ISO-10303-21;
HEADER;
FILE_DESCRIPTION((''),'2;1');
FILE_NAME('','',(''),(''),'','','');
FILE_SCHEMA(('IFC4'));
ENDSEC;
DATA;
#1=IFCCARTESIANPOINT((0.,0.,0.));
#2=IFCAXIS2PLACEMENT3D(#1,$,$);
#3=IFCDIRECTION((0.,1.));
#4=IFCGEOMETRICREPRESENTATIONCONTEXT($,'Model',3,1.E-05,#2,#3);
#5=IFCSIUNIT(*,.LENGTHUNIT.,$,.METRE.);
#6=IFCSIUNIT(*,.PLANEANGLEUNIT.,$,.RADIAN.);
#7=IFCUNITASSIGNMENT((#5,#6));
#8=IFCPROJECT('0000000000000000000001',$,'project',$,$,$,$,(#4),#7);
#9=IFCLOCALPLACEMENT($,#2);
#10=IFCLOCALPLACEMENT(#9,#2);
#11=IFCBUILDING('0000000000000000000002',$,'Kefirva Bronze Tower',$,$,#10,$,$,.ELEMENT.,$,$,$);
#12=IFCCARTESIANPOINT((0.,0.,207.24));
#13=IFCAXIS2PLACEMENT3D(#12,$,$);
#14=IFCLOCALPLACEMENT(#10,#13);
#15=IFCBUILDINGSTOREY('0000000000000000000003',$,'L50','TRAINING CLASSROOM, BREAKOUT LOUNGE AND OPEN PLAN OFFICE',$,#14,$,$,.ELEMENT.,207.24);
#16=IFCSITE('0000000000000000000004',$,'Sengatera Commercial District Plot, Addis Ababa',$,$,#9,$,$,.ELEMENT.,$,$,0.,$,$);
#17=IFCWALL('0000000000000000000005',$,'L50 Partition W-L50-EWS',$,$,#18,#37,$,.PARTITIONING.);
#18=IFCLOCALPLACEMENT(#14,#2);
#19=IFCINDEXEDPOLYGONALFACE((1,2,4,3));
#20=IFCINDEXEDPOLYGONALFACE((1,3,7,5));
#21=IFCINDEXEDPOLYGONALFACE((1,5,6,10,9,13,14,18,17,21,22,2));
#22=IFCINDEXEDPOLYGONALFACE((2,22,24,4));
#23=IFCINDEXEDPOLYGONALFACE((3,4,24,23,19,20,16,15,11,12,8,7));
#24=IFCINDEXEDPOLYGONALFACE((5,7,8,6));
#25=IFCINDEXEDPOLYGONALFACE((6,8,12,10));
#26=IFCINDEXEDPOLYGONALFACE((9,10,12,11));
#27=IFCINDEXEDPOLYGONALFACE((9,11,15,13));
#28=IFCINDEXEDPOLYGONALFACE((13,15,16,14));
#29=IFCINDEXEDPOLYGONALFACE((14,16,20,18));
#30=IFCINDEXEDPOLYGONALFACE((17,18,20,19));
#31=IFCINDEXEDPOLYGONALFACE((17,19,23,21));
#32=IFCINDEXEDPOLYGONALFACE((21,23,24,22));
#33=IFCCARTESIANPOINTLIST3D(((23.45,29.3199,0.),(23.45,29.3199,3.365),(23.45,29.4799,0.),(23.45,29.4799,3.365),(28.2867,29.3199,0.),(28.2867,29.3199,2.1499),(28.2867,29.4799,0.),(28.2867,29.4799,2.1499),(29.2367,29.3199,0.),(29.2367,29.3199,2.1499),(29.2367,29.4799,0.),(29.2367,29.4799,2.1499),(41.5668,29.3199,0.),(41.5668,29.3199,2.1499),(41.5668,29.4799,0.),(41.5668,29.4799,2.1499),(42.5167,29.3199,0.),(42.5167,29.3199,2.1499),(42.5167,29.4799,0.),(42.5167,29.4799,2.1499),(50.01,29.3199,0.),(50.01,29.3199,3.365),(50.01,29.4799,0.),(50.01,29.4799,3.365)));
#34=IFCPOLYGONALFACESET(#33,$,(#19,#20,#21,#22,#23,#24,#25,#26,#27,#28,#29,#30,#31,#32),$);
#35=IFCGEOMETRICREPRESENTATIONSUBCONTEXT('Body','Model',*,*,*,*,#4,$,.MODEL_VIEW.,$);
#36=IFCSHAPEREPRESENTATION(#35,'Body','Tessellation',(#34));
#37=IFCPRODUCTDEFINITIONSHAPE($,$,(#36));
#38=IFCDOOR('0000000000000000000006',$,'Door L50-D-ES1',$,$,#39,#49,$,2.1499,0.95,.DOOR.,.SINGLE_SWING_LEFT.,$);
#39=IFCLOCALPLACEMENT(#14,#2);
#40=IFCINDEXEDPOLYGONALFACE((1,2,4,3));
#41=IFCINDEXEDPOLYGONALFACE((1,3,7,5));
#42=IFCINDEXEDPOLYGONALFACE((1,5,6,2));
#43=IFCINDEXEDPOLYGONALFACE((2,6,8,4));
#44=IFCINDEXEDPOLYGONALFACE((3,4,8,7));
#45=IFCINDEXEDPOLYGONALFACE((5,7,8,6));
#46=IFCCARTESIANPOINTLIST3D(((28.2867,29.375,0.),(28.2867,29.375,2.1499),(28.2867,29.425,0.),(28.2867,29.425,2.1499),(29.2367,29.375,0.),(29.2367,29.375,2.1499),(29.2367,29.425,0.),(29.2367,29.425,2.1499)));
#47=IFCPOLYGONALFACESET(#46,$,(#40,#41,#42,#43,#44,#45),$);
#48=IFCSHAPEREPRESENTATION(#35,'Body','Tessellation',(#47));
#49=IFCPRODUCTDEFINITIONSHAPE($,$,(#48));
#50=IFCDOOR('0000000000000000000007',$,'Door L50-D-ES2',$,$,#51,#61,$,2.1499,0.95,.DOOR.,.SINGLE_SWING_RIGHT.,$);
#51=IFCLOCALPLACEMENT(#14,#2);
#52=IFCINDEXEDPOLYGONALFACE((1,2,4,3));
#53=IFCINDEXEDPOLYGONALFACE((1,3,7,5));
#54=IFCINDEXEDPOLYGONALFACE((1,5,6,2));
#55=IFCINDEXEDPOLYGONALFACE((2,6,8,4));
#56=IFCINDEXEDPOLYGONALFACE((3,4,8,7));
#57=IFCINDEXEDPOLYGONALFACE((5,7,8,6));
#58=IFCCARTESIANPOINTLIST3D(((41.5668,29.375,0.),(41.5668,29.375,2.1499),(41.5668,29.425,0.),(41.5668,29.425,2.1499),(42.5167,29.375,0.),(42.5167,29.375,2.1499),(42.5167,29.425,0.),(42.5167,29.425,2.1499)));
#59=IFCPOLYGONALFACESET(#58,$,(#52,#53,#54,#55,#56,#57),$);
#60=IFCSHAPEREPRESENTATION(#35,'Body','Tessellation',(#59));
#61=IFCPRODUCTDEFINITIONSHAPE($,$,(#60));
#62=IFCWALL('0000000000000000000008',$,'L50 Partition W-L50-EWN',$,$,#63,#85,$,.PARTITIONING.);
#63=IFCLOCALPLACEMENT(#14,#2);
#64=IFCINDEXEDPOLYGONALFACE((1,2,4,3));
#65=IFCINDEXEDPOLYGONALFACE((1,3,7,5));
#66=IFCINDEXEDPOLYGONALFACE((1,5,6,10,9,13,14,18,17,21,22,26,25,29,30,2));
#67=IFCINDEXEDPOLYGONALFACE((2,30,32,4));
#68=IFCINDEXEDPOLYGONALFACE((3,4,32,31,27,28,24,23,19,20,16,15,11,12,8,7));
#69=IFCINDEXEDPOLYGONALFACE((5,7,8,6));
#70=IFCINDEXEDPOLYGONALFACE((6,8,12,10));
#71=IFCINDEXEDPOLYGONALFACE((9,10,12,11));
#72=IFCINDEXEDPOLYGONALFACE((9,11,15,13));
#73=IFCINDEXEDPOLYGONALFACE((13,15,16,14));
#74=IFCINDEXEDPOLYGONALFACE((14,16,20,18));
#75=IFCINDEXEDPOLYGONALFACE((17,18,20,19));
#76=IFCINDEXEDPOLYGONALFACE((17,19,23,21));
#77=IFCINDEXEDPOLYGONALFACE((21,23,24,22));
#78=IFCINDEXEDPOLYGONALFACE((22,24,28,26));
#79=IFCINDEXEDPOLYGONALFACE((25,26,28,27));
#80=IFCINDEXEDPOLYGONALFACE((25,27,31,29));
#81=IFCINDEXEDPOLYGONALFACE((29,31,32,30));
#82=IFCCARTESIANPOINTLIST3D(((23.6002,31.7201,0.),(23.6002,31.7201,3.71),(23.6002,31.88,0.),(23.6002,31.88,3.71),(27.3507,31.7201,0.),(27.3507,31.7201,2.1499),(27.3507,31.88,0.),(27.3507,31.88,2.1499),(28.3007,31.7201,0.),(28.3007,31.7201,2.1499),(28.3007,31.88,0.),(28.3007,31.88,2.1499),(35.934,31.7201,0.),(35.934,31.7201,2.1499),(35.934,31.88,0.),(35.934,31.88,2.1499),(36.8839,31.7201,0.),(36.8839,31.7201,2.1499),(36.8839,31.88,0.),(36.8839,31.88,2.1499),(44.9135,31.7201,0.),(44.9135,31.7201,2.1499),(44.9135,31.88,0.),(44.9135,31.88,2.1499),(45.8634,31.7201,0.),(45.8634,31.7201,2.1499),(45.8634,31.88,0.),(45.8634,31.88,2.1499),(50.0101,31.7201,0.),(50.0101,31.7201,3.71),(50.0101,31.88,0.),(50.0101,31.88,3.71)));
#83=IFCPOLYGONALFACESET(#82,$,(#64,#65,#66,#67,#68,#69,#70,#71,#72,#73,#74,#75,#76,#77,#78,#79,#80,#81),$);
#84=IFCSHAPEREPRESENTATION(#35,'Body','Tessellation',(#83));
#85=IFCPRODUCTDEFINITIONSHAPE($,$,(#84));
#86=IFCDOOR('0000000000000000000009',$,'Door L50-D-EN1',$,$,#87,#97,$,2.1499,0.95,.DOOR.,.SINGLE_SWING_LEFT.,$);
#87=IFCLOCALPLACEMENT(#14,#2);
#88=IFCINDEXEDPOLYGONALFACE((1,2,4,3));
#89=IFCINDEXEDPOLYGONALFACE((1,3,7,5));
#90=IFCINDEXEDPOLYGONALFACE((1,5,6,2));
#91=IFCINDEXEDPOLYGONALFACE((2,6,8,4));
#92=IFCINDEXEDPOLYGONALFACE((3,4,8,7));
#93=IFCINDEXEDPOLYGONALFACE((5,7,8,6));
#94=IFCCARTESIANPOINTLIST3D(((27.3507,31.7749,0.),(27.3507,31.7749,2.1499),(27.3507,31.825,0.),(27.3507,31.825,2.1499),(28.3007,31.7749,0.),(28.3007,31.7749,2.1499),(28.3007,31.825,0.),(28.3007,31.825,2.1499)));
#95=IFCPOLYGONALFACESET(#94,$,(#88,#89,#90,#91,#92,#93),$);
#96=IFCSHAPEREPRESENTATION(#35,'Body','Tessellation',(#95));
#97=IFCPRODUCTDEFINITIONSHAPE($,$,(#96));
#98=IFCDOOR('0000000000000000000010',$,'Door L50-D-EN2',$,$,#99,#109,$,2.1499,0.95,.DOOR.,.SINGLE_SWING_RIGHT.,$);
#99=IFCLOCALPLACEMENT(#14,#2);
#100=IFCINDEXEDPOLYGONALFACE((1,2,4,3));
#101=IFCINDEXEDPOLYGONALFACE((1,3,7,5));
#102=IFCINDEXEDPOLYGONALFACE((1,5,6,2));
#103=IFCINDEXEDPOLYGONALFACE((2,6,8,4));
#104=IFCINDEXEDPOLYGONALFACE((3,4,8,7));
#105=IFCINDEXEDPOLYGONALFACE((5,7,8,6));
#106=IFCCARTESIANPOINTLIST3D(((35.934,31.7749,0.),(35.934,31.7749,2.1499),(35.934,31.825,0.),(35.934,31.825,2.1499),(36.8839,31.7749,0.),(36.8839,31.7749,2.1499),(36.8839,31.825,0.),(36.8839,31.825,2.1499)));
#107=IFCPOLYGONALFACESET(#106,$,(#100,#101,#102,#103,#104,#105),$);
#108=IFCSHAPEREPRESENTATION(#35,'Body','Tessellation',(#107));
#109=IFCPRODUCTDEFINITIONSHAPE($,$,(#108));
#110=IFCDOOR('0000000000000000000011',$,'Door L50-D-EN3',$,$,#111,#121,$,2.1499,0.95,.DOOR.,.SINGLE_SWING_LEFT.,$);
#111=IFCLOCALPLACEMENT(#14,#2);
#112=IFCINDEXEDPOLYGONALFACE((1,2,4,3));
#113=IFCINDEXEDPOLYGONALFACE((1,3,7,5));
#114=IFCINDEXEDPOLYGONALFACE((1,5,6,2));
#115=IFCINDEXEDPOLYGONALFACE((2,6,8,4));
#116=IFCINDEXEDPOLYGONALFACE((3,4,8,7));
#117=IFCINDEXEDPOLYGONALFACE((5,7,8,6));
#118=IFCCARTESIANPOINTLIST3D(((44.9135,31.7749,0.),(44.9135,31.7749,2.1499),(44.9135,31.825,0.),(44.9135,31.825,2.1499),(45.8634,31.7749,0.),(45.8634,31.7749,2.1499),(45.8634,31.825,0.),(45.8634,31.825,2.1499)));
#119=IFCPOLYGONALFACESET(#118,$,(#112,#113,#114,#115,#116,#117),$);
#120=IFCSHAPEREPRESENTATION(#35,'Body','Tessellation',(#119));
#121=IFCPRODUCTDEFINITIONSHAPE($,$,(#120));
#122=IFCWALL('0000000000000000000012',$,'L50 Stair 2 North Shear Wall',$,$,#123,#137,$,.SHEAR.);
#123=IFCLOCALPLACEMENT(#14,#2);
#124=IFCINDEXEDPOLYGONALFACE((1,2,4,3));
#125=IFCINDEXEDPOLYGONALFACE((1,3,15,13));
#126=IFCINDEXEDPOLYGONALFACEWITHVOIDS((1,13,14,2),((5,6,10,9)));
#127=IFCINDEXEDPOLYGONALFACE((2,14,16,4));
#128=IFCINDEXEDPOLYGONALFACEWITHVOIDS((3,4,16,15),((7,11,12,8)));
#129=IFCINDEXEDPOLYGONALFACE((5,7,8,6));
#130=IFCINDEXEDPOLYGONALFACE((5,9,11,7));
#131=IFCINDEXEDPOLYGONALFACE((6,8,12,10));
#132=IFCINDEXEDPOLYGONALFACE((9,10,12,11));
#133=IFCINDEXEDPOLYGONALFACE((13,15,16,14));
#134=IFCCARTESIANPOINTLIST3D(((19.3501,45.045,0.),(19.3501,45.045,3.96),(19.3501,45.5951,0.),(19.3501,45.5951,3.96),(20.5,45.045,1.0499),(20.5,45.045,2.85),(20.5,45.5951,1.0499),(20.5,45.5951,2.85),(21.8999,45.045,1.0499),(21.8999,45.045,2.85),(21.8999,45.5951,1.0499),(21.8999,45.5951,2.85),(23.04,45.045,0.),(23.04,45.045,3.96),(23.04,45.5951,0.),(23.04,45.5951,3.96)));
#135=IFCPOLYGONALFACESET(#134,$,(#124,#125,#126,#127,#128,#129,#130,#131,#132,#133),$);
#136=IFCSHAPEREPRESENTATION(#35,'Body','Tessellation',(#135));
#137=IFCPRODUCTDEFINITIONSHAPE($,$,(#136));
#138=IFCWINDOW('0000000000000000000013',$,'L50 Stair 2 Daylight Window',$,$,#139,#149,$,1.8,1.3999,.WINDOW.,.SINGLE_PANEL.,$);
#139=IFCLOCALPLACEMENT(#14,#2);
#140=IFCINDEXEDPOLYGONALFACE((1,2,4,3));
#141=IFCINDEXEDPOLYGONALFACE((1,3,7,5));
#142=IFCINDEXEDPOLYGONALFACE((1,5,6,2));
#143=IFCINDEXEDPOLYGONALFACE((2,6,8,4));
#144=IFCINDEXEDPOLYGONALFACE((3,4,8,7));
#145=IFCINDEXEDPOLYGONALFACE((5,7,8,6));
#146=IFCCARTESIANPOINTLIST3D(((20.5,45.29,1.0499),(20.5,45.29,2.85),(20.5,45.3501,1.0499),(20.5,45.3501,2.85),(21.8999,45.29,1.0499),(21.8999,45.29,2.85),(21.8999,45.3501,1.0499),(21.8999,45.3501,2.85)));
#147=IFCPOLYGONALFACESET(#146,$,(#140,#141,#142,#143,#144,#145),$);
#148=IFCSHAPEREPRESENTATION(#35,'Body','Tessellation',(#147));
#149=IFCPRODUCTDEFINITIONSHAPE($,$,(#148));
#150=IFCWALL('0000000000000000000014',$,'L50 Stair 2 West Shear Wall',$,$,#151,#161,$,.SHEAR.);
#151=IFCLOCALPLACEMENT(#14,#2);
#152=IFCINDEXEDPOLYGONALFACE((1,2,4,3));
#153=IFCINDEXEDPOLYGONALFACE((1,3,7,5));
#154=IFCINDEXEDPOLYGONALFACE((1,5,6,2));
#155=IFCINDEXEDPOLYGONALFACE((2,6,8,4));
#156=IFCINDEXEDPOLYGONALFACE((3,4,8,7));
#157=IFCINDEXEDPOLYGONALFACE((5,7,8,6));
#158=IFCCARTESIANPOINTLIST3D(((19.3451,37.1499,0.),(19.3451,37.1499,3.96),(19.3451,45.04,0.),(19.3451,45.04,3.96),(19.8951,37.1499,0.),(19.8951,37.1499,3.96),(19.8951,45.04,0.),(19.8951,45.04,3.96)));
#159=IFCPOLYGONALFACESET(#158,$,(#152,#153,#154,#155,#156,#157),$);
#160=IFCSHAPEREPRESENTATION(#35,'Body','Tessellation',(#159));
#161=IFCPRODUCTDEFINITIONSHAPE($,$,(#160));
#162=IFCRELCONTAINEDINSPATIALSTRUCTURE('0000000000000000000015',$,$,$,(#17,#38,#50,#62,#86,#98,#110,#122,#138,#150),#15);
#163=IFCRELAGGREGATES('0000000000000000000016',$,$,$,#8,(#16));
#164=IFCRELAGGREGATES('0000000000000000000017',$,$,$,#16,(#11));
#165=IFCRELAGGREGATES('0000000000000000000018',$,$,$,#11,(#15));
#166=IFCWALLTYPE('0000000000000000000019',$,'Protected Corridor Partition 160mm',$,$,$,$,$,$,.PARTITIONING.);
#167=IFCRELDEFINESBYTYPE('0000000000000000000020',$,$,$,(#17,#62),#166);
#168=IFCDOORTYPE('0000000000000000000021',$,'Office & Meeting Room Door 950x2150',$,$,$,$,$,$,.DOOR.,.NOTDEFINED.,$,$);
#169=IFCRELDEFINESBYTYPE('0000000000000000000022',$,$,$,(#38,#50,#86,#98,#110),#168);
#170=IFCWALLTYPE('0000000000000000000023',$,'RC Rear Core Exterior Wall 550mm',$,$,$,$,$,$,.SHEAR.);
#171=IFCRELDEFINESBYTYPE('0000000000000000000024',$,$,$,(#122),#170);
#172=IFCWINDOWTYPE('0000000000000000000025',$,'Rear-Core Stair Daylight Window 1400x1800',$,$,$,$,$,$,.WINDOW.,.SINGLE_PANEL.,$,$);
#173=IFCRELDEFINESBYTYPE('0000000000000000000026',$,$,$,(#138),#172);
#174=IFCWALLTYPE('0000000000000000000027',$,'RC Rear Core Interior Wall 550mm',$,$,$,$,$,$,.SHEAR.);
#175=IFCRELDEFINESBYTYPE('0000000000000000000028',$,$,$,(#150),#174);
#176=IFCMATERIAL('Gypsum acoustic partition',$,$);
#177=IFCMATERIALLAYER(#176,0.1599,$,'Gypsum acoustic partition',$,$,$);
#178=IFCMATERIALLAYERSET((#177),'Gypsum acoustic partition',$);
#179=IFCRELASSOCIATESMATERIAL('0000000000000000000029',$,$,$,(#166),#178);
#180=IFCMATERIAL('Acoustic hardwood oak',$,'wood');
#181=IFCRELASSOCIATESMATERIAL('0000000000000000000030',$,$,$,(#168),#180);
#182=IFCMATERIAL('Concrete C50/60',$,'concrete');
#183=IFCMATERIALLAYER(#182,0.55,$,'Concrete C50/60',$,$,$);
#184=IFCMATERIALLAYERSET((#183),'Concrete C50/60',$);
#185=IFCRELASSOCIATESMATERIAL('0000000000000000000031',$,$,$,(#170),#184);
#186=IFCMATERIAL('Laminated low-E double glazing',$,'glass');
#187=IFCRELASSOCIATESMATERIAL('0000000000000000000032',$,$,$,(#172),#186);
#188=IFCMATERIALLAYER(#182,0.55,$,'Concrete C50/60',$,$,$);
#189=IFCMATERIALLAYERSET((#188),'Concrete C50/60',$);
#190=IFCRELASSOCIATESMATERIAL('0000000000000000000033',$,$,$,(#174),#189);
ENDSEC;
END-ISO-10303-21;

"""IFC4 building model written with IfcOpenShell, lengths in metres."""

from ifc_helpers import new_model, si_unit, direction, frame, frame_2d, origin, place, context, subcontext, project, spatial, rectangle, extrude, material, layer, layer_set, type_object, element, fill, save


model = new_model("IFC4")

# Units and contexts
model_context = context("Model", 3, precision=1e-05, world=origin(), true_north=direction((0.0, 1.0)))
body_context = subcontext(model_context, "Body", "Model", "MODEL_VIEW")
ifc_project = project(units=[si_unit("LENGTHUNIT", "METRE"), si_unit("PLANEANGLEUNIT", "RADIAN")], contexts=[model_context])

# Site, building, storey
site_placement = place(None, origin())
site = spatial("IfcSite", under=ifc_project, at=site_placement, Name="Sengatera Commercial District Plot, Addis Ababa", CompositionType="ELEMENT", RefElevation=0.0)
building_placement = place(site_placement, origin())
building = spatial("IfcBuilding", under=site, at=building_placement, Name="Kefirva Bronze Tower", CompositionType="ELEMENT")
storey_placement = place(building_placement, frame((0.0, 0.0, 207.24)))
storey = spatial("IfcBuildingStorey", under=building, at=storey_placement, Name="L50", Description="TRAINING CLASSROOM, BREAKOUT LOUNGE AND OPEN PLAN OFFICE", CompositionType="ELEMENT", Elevation=207.24)

# Shared definitions
ifc_material_1 = material(Name="Concrete C50/60", Category="concrete")

# Walls, openings, doors
ifc_material_2 = material(Name="Gypsum acoustic partition")
ifc_layer_1 = layer(ifc_material_2, 0.1599, Name="Gypsum acoustic partition")
ifc_layer_set_1 = layer_set([ifc_layer_1], Name="Gypsum acoustic partition")
wall_type_1 = type_object("IfcWallType", Name="Protected Corridor Partition 160mm", PredefinedType="PARTITIONING", material=ifc_layer_set_1)
wall_1_placement = place(storey_placement, frame((23.45, 29.3999, 0.0), z_axis=(0.0, 0.0, 1.0), x_axis=(1.0, 0.0, 0.0)))
wall_1 = element("IfcWall", 1, at=wall_1_placement, inside=storey, type_object=wall_type_1, Name="L50 Partition W-L50-EWS", PredefinedType="PARTITIONING", context=body_context, shape_type="SweptSolid", body=[
    extrude(rectangle(XDim=26.5601, YDim=0.1599, at=frame_2d((13.28, 0.0))), origin(), (0.0, 0.0, 1.0), 3.365),
])
opening_1_placement = place(wall_1_placement, frame((5.7869, 0.0, 0.0), z_axis=(0.0, 0.0, 1.0), x_axis=(-1.0, 0.0, 0.0)))
opening_1 = element("IfcOpeningElement", 2, at=opening_1_placement, cuts=wall_1, PredefinedType="OPENING", context=body_context, shape_type="SweptSolid", body=[
    extrude(rectangle(XDim=0.95, YDim=2.1499, at=frame_2d((0.4751, 1.075))), frame((0.0, 0.0898, 0.0), z_axis=(0.0, -1.0, 0.0), x_axis=(1.0, 0.0, 0.0)), (0.0, 0.0, 1.0), 0.1799),
])
opening_2_placement = place(wall_1_placement, frame((19.0669, 0.0, 0.0), z_axis=(0.0, 0.0, 1.0), x_axis=(-1.0, 0.0, 0.0)))
opening_2 = element("IfcOpeningElement", 3, at=opening_2_placement, cuts=wall_1, PredefinedType="OPENING", context=body_context, shape_type="SweptSolid", body=[
    extrude(rectangle(XDim=0.95, YDim=2.1499, at=frame_2d((0.4751, 1.075))), frame((0.0, 0.0898, 0.0), z_axis=(0.0, -1.0, 0.0), x_axis=(1.0, 0.0, 0.0)), (0.0, 0.0, 1.0), 0.1799),
])
ifc_material_3 = material(Name="Acoustic hardwood oak", Category="wood")
door_type_1 = type_object("IfcDoorType", Name="Office & Meeting Room Door 950x2150", OperationType="NOTDEFINED", PredefinedType="DOOR", material=ifc_material_3)
door_1_placement = place(opening_1_placement, origin())
door_1 = element("IfcDoor", 4, at=door_1_placement, inside=storey, type_object=door_type_1, Name="Door L50-D-ES1", OperationType="SINGLE_SWING_LEFT", OverallHeight=2.1499, OverallWidth=0.95, PredefinedType="DOOR", context=body_context, shape_type="SweptSolid", body=[
    extrude(rectangle(XDim=0.95, YDim=2.1499, at=frame_2d((0.4751, 1.075))), frame((0.0, 0.0249, 0.0), z_axis=(0.0, -1.0, 0.0), x_axis=(1.0, 0.0, 0.0)), (0.0, 0.0, 1.0), 0.05),
])
fill(opening_1, door_1)
door_2_placement = place(opening_2_placement, origin())
door_2 = element("IfcDoor", 5, at=door_2_placement, inside=storey, type_object=door_type_1, Name="Door L50-D-ES2", OperationType="SINGLE_SWING_RIGHT", OverallHeight=2.1499, OverallWidth=0.95, PredefinedType="DOOR", context=body_context, shape_type="SweptSolid", body=[
    extrude(rectangle(XDim=0.95, YDim=2.1499, at=frame_2d((0.4751, 1.075))), frame((0.0, 0.0249, 0.0), z_axis=(0.0, -1.0, 0.0), x_axis=(1.0, 0.0, 0.0)), (0.0, 0.0, 1.0), 0.05),
])
fill(opening_2, door_2)
wall_2_placement = place(storey_placement, frame((23.6001, 31.8, 0.0), z_axis=(0.0, 0.0, 1.0), x_axis=(1.0, 0.0, 0.0)))
wall_2 = element("IfcWall", 6, at=wall_2_placement, inside=storey, type_object=wall_type_1, Name="L50 Partition W-L50-EWN", PredefinedType="PARTITIONING", context=body_context, shape_type="SweptSolid", body=[
    extrude(rectangle(XDim=26.4099, YDim=0.1599, at=frame_2d((13.2051, 0.0))), origin(), (0.0, 0.0, 1.0), 3.71),
])
opening_3_placement = place(wall_2_placement, frame((3.7505, 0.0, 0.0)))
opening_3 = element("IfcOpeningElement", 7, at=opening_3_placement, cuts=wall_2, PredefinedType="OPENING", context=body_context, shape_type="SweptSolid", body=[
    extrude(rectangle(XDim=0.95, YDim=2.1499, at=frame_2d((0.4751, 1.075))), frame((0.0, 0.0898, 0.0), z_axis=(0.0, -1.0, 0.0), x_axis=(1.0, 0.0, 0.0)), (0.0, 0.0, 1.0), 0.1799),
])
opening_4_placement = place(wall_2_placement, frame((12.3337, 0.0, 0.0)))
opening_4 = element("IfcOpeningElement", 8, at=opening_4_placement, cuts=wall_2, PredefinedType="OPENING", context=body_context, shape_type="SweptSolid", body=[
    extrude(rectangle(XDim=0.95, YDim=2.1499, at=frame_2d((0.4751, 1.075))), frame((0.0, 0.0898, 0.0), z_axis=(0.0, -1.0, 0.0), x_axis=(1.0, 0.0, 0.0)), (0.0, 0.0, 1.0), 0.1799),
])
opening_5_placement = place(wall_2_placement, frame((21.3132, 0.0, 0.0)))
opening_5 = element("IfcOpeningElement", 9, at=opening_5_placement, cuts=wall_2, PredefinedType="OPENING", context=body_context, shape_type="SweptSolid", body=[
    extrude(rectangle(XDim=0.95, YDim=2.1499, at=frame_2d((0.4751, 1.075))), frame((0.0, 0.0898, 0.0), z_axis=(0.0, -1.0, 0.0), x_axis=(1.0, 0.0, 0.0)), (0.0, 0.0, 1.0), 0.1799),
])
door_3_placement = place(opening_3_placement, origin())
door_3 = element("IfcDoor", 10, at=door_3_placement, inside=storey, type_object=door_type_1, Name="Door L50-D-EN1", OperationType="SINGLE_SWING_LEFT", OverallHeight=2.1499, OverallWidth=0.95, PredefinedType="DOOR", context=body_context, shape_type="SweptSolid", body=[
    extrude(rectangle(XDim=0.95, YDim=2.1499, at=frame_2d((0.4751, 1.075))), frame((0.0, 0.0249, 0.0), z_axis=(0.0, -1.0, 0.0), x_axis=(1.0, 0.0, 0.0)), (0.0, 0.0, 1.0), 0.05),
])
fill(opening_3, door_3)
door_4_placement = place(opening_4_placement, origin())
door_4 = element("IfcDoor", 11, at=door_4_placement, inside=storey, type_object=door_type_1, Name="Door L50-D-EN2", OperationType="SINGLE_SWING_RIGHT", OverallHeight=2.1499, OverallWidth=0.95, PredefinedType="DOOR", context=body_context, shape_type="SweptSolid", body=[
    extrude(rectangle(XDim=0.95, YDim=2.1499, at=frame_2d((0.4751, 1.075))), frame((0.0, 0.0249, 0.0), z_axis=(0.0, -1.0, 0.0), x_axis=(1.0, 0.0, 0.0)), (0.0, 0.0, 1.0), 0.05),
])
fill(opening_4, door_4)
door_5_placement = place(opening_5_placement, origin())
door_5 = element("IfcDoor", 12, at=door_5_placement, inside=storey, type_object=door_type_1, Name="Door L50-D-EN3", OperationType="SINGLE_SWING_LEFT", OverallHeight=2.1499, OverallWidth=0.95, PredefinedType="DOOR", context=body_context, shape_type="SweptSolid", body=[
    extrude(rectangle(XDim=0.95, YDim=2.1499, at=frame_2d((0.4751, 1.075))), frame((0.0, 0.0249, 0.0), z_axis=(0.0, -1.0, 0.0), x_axis=(1.0, 0.0, 0.0)), (0.0, 0.0, 1.0), 0.05),
])
fill(opening_5, door_5)

# Wall, opening, window
ifc_layer_2 = layer(ifc_material_1, 0.55, Name="Concrete C50/60")
ifc_layer_set_2 = layer_set([ifc_layer_2], Name="Concrete C50/60")
wall_type_2 = type_object("IfcWallType", Name="RC Rear Core Exterior Wall 550mm", PredefinedType="SHEAR", material=ifc_layer_set_2)
wall_3_placement = place(storey_placement, frame((19.3501, 45.3201, 0.0), z_axis=(0.0, 0.0, 1.0), x_axis=(1.0, 0.0, 0.0)))
wall_3 = element("IfcWall", 13, at=wall_3_placement, inside=storey, type_object=wall_type_2, Name="L50 Stair 2 North Shear Wall", PredefinedType="SHEAR", context=body_context, shape_type="SweptSolid", body=[
    extrude(rectangle(XDim=3.6899, YDim=0.55, at=frame_2d((1.845, 0.0))), origin(), (0.0, 0.0, 1.0), 3.96),
])
opening_6_placement = place(wall_3_placement, frame((1.1499, 0.0, 1.05)))
opening_6 = element("IfcOpeningElement", 14, at=opening_6_placement, cuts=wall_3, PredefinedType="OPENING", context=body_context, shape_type="SweptSolid", body=[
    extrude(rectangle(XDim=1.3999, YDim=1.8, at=frame_2d((0.7, 0.8999))), frame((0.0, 0.2852, 0.0), z_axis=(0.0, -1.0, 0.0), x_axis=(1.0, 0.0, 0.0)), (0.0, 0.0, 1.0), 0.5701),
])
ifc_material_4 = material(Name="Laminated low-E double glazing", Category="glass")
window_type = type_object("IfcWindowType", Name="Rear-Core Stair Daylight Window 1400x1800", PartitioningType="SINGLE_PANEL", PredefinedType="WINDOW", material=ifc_material_4)
window_placement = place(opening_6_placement, origin())
window = element("IfcWindow", 15, at=window_placement, inside=storey, type_object=window_type, Name="L50 Stair 2 Daylight Window", OverallHeight=1.8, OverallWidth=1.3999, PartitioningType="SINGLE_PANEL", PredefinedType="WINDOW", context=body_context, shape_type="SweptSolid", body=[
    extrude(rectangle(XDim=1.3999, YDim=1.8, at=frame_2d((0.7, 0.8999))), frame((0.0, 0.03, 0.0), z_axis=(0.0, -1.0, 0.0), x_axis=(1.0, 0.0, 0.0)), (0.0, 0.0, 1.0), 0.0601),
])
fill(opening_6, window)

# Wall
ifc_layer_3 = layer(ifc_material_1, 0.55, Name="Concrete C50/60")
ifc_layer_set_3 = layer_set([ifc_layer_3], Name="Concrete C50/60")
wall_type_3 = type_object("IfcWallType", Name="RC Rear Core Interior Wall 550mm", PredefinedType="SHEAR", material=ifc_layer_set_3)
wall_4_placement = place(storey_placement, frame((19.6201, 37.1499, 0.0), z_axis=(0.0, 0.0, 1.0), x_axis=(0.0, 1.0, 0.0)))
element("IfcWall", 16, at=wall_4_placement, inside=storey, type_object=wall_type_3, Name="L50 Stair 2 West Shear Wall", PredefinedType="SHEAR", context=body_context, shape_type="SweptSolid", body=[
    extrude(rectangle(XDim=7.8901, YDim=0.55, at=frame_2d((3.9451, 0.0))), origin(), (0.0, 0.0, 1.0), 3.96),
])

save(model, "model.ifc")
